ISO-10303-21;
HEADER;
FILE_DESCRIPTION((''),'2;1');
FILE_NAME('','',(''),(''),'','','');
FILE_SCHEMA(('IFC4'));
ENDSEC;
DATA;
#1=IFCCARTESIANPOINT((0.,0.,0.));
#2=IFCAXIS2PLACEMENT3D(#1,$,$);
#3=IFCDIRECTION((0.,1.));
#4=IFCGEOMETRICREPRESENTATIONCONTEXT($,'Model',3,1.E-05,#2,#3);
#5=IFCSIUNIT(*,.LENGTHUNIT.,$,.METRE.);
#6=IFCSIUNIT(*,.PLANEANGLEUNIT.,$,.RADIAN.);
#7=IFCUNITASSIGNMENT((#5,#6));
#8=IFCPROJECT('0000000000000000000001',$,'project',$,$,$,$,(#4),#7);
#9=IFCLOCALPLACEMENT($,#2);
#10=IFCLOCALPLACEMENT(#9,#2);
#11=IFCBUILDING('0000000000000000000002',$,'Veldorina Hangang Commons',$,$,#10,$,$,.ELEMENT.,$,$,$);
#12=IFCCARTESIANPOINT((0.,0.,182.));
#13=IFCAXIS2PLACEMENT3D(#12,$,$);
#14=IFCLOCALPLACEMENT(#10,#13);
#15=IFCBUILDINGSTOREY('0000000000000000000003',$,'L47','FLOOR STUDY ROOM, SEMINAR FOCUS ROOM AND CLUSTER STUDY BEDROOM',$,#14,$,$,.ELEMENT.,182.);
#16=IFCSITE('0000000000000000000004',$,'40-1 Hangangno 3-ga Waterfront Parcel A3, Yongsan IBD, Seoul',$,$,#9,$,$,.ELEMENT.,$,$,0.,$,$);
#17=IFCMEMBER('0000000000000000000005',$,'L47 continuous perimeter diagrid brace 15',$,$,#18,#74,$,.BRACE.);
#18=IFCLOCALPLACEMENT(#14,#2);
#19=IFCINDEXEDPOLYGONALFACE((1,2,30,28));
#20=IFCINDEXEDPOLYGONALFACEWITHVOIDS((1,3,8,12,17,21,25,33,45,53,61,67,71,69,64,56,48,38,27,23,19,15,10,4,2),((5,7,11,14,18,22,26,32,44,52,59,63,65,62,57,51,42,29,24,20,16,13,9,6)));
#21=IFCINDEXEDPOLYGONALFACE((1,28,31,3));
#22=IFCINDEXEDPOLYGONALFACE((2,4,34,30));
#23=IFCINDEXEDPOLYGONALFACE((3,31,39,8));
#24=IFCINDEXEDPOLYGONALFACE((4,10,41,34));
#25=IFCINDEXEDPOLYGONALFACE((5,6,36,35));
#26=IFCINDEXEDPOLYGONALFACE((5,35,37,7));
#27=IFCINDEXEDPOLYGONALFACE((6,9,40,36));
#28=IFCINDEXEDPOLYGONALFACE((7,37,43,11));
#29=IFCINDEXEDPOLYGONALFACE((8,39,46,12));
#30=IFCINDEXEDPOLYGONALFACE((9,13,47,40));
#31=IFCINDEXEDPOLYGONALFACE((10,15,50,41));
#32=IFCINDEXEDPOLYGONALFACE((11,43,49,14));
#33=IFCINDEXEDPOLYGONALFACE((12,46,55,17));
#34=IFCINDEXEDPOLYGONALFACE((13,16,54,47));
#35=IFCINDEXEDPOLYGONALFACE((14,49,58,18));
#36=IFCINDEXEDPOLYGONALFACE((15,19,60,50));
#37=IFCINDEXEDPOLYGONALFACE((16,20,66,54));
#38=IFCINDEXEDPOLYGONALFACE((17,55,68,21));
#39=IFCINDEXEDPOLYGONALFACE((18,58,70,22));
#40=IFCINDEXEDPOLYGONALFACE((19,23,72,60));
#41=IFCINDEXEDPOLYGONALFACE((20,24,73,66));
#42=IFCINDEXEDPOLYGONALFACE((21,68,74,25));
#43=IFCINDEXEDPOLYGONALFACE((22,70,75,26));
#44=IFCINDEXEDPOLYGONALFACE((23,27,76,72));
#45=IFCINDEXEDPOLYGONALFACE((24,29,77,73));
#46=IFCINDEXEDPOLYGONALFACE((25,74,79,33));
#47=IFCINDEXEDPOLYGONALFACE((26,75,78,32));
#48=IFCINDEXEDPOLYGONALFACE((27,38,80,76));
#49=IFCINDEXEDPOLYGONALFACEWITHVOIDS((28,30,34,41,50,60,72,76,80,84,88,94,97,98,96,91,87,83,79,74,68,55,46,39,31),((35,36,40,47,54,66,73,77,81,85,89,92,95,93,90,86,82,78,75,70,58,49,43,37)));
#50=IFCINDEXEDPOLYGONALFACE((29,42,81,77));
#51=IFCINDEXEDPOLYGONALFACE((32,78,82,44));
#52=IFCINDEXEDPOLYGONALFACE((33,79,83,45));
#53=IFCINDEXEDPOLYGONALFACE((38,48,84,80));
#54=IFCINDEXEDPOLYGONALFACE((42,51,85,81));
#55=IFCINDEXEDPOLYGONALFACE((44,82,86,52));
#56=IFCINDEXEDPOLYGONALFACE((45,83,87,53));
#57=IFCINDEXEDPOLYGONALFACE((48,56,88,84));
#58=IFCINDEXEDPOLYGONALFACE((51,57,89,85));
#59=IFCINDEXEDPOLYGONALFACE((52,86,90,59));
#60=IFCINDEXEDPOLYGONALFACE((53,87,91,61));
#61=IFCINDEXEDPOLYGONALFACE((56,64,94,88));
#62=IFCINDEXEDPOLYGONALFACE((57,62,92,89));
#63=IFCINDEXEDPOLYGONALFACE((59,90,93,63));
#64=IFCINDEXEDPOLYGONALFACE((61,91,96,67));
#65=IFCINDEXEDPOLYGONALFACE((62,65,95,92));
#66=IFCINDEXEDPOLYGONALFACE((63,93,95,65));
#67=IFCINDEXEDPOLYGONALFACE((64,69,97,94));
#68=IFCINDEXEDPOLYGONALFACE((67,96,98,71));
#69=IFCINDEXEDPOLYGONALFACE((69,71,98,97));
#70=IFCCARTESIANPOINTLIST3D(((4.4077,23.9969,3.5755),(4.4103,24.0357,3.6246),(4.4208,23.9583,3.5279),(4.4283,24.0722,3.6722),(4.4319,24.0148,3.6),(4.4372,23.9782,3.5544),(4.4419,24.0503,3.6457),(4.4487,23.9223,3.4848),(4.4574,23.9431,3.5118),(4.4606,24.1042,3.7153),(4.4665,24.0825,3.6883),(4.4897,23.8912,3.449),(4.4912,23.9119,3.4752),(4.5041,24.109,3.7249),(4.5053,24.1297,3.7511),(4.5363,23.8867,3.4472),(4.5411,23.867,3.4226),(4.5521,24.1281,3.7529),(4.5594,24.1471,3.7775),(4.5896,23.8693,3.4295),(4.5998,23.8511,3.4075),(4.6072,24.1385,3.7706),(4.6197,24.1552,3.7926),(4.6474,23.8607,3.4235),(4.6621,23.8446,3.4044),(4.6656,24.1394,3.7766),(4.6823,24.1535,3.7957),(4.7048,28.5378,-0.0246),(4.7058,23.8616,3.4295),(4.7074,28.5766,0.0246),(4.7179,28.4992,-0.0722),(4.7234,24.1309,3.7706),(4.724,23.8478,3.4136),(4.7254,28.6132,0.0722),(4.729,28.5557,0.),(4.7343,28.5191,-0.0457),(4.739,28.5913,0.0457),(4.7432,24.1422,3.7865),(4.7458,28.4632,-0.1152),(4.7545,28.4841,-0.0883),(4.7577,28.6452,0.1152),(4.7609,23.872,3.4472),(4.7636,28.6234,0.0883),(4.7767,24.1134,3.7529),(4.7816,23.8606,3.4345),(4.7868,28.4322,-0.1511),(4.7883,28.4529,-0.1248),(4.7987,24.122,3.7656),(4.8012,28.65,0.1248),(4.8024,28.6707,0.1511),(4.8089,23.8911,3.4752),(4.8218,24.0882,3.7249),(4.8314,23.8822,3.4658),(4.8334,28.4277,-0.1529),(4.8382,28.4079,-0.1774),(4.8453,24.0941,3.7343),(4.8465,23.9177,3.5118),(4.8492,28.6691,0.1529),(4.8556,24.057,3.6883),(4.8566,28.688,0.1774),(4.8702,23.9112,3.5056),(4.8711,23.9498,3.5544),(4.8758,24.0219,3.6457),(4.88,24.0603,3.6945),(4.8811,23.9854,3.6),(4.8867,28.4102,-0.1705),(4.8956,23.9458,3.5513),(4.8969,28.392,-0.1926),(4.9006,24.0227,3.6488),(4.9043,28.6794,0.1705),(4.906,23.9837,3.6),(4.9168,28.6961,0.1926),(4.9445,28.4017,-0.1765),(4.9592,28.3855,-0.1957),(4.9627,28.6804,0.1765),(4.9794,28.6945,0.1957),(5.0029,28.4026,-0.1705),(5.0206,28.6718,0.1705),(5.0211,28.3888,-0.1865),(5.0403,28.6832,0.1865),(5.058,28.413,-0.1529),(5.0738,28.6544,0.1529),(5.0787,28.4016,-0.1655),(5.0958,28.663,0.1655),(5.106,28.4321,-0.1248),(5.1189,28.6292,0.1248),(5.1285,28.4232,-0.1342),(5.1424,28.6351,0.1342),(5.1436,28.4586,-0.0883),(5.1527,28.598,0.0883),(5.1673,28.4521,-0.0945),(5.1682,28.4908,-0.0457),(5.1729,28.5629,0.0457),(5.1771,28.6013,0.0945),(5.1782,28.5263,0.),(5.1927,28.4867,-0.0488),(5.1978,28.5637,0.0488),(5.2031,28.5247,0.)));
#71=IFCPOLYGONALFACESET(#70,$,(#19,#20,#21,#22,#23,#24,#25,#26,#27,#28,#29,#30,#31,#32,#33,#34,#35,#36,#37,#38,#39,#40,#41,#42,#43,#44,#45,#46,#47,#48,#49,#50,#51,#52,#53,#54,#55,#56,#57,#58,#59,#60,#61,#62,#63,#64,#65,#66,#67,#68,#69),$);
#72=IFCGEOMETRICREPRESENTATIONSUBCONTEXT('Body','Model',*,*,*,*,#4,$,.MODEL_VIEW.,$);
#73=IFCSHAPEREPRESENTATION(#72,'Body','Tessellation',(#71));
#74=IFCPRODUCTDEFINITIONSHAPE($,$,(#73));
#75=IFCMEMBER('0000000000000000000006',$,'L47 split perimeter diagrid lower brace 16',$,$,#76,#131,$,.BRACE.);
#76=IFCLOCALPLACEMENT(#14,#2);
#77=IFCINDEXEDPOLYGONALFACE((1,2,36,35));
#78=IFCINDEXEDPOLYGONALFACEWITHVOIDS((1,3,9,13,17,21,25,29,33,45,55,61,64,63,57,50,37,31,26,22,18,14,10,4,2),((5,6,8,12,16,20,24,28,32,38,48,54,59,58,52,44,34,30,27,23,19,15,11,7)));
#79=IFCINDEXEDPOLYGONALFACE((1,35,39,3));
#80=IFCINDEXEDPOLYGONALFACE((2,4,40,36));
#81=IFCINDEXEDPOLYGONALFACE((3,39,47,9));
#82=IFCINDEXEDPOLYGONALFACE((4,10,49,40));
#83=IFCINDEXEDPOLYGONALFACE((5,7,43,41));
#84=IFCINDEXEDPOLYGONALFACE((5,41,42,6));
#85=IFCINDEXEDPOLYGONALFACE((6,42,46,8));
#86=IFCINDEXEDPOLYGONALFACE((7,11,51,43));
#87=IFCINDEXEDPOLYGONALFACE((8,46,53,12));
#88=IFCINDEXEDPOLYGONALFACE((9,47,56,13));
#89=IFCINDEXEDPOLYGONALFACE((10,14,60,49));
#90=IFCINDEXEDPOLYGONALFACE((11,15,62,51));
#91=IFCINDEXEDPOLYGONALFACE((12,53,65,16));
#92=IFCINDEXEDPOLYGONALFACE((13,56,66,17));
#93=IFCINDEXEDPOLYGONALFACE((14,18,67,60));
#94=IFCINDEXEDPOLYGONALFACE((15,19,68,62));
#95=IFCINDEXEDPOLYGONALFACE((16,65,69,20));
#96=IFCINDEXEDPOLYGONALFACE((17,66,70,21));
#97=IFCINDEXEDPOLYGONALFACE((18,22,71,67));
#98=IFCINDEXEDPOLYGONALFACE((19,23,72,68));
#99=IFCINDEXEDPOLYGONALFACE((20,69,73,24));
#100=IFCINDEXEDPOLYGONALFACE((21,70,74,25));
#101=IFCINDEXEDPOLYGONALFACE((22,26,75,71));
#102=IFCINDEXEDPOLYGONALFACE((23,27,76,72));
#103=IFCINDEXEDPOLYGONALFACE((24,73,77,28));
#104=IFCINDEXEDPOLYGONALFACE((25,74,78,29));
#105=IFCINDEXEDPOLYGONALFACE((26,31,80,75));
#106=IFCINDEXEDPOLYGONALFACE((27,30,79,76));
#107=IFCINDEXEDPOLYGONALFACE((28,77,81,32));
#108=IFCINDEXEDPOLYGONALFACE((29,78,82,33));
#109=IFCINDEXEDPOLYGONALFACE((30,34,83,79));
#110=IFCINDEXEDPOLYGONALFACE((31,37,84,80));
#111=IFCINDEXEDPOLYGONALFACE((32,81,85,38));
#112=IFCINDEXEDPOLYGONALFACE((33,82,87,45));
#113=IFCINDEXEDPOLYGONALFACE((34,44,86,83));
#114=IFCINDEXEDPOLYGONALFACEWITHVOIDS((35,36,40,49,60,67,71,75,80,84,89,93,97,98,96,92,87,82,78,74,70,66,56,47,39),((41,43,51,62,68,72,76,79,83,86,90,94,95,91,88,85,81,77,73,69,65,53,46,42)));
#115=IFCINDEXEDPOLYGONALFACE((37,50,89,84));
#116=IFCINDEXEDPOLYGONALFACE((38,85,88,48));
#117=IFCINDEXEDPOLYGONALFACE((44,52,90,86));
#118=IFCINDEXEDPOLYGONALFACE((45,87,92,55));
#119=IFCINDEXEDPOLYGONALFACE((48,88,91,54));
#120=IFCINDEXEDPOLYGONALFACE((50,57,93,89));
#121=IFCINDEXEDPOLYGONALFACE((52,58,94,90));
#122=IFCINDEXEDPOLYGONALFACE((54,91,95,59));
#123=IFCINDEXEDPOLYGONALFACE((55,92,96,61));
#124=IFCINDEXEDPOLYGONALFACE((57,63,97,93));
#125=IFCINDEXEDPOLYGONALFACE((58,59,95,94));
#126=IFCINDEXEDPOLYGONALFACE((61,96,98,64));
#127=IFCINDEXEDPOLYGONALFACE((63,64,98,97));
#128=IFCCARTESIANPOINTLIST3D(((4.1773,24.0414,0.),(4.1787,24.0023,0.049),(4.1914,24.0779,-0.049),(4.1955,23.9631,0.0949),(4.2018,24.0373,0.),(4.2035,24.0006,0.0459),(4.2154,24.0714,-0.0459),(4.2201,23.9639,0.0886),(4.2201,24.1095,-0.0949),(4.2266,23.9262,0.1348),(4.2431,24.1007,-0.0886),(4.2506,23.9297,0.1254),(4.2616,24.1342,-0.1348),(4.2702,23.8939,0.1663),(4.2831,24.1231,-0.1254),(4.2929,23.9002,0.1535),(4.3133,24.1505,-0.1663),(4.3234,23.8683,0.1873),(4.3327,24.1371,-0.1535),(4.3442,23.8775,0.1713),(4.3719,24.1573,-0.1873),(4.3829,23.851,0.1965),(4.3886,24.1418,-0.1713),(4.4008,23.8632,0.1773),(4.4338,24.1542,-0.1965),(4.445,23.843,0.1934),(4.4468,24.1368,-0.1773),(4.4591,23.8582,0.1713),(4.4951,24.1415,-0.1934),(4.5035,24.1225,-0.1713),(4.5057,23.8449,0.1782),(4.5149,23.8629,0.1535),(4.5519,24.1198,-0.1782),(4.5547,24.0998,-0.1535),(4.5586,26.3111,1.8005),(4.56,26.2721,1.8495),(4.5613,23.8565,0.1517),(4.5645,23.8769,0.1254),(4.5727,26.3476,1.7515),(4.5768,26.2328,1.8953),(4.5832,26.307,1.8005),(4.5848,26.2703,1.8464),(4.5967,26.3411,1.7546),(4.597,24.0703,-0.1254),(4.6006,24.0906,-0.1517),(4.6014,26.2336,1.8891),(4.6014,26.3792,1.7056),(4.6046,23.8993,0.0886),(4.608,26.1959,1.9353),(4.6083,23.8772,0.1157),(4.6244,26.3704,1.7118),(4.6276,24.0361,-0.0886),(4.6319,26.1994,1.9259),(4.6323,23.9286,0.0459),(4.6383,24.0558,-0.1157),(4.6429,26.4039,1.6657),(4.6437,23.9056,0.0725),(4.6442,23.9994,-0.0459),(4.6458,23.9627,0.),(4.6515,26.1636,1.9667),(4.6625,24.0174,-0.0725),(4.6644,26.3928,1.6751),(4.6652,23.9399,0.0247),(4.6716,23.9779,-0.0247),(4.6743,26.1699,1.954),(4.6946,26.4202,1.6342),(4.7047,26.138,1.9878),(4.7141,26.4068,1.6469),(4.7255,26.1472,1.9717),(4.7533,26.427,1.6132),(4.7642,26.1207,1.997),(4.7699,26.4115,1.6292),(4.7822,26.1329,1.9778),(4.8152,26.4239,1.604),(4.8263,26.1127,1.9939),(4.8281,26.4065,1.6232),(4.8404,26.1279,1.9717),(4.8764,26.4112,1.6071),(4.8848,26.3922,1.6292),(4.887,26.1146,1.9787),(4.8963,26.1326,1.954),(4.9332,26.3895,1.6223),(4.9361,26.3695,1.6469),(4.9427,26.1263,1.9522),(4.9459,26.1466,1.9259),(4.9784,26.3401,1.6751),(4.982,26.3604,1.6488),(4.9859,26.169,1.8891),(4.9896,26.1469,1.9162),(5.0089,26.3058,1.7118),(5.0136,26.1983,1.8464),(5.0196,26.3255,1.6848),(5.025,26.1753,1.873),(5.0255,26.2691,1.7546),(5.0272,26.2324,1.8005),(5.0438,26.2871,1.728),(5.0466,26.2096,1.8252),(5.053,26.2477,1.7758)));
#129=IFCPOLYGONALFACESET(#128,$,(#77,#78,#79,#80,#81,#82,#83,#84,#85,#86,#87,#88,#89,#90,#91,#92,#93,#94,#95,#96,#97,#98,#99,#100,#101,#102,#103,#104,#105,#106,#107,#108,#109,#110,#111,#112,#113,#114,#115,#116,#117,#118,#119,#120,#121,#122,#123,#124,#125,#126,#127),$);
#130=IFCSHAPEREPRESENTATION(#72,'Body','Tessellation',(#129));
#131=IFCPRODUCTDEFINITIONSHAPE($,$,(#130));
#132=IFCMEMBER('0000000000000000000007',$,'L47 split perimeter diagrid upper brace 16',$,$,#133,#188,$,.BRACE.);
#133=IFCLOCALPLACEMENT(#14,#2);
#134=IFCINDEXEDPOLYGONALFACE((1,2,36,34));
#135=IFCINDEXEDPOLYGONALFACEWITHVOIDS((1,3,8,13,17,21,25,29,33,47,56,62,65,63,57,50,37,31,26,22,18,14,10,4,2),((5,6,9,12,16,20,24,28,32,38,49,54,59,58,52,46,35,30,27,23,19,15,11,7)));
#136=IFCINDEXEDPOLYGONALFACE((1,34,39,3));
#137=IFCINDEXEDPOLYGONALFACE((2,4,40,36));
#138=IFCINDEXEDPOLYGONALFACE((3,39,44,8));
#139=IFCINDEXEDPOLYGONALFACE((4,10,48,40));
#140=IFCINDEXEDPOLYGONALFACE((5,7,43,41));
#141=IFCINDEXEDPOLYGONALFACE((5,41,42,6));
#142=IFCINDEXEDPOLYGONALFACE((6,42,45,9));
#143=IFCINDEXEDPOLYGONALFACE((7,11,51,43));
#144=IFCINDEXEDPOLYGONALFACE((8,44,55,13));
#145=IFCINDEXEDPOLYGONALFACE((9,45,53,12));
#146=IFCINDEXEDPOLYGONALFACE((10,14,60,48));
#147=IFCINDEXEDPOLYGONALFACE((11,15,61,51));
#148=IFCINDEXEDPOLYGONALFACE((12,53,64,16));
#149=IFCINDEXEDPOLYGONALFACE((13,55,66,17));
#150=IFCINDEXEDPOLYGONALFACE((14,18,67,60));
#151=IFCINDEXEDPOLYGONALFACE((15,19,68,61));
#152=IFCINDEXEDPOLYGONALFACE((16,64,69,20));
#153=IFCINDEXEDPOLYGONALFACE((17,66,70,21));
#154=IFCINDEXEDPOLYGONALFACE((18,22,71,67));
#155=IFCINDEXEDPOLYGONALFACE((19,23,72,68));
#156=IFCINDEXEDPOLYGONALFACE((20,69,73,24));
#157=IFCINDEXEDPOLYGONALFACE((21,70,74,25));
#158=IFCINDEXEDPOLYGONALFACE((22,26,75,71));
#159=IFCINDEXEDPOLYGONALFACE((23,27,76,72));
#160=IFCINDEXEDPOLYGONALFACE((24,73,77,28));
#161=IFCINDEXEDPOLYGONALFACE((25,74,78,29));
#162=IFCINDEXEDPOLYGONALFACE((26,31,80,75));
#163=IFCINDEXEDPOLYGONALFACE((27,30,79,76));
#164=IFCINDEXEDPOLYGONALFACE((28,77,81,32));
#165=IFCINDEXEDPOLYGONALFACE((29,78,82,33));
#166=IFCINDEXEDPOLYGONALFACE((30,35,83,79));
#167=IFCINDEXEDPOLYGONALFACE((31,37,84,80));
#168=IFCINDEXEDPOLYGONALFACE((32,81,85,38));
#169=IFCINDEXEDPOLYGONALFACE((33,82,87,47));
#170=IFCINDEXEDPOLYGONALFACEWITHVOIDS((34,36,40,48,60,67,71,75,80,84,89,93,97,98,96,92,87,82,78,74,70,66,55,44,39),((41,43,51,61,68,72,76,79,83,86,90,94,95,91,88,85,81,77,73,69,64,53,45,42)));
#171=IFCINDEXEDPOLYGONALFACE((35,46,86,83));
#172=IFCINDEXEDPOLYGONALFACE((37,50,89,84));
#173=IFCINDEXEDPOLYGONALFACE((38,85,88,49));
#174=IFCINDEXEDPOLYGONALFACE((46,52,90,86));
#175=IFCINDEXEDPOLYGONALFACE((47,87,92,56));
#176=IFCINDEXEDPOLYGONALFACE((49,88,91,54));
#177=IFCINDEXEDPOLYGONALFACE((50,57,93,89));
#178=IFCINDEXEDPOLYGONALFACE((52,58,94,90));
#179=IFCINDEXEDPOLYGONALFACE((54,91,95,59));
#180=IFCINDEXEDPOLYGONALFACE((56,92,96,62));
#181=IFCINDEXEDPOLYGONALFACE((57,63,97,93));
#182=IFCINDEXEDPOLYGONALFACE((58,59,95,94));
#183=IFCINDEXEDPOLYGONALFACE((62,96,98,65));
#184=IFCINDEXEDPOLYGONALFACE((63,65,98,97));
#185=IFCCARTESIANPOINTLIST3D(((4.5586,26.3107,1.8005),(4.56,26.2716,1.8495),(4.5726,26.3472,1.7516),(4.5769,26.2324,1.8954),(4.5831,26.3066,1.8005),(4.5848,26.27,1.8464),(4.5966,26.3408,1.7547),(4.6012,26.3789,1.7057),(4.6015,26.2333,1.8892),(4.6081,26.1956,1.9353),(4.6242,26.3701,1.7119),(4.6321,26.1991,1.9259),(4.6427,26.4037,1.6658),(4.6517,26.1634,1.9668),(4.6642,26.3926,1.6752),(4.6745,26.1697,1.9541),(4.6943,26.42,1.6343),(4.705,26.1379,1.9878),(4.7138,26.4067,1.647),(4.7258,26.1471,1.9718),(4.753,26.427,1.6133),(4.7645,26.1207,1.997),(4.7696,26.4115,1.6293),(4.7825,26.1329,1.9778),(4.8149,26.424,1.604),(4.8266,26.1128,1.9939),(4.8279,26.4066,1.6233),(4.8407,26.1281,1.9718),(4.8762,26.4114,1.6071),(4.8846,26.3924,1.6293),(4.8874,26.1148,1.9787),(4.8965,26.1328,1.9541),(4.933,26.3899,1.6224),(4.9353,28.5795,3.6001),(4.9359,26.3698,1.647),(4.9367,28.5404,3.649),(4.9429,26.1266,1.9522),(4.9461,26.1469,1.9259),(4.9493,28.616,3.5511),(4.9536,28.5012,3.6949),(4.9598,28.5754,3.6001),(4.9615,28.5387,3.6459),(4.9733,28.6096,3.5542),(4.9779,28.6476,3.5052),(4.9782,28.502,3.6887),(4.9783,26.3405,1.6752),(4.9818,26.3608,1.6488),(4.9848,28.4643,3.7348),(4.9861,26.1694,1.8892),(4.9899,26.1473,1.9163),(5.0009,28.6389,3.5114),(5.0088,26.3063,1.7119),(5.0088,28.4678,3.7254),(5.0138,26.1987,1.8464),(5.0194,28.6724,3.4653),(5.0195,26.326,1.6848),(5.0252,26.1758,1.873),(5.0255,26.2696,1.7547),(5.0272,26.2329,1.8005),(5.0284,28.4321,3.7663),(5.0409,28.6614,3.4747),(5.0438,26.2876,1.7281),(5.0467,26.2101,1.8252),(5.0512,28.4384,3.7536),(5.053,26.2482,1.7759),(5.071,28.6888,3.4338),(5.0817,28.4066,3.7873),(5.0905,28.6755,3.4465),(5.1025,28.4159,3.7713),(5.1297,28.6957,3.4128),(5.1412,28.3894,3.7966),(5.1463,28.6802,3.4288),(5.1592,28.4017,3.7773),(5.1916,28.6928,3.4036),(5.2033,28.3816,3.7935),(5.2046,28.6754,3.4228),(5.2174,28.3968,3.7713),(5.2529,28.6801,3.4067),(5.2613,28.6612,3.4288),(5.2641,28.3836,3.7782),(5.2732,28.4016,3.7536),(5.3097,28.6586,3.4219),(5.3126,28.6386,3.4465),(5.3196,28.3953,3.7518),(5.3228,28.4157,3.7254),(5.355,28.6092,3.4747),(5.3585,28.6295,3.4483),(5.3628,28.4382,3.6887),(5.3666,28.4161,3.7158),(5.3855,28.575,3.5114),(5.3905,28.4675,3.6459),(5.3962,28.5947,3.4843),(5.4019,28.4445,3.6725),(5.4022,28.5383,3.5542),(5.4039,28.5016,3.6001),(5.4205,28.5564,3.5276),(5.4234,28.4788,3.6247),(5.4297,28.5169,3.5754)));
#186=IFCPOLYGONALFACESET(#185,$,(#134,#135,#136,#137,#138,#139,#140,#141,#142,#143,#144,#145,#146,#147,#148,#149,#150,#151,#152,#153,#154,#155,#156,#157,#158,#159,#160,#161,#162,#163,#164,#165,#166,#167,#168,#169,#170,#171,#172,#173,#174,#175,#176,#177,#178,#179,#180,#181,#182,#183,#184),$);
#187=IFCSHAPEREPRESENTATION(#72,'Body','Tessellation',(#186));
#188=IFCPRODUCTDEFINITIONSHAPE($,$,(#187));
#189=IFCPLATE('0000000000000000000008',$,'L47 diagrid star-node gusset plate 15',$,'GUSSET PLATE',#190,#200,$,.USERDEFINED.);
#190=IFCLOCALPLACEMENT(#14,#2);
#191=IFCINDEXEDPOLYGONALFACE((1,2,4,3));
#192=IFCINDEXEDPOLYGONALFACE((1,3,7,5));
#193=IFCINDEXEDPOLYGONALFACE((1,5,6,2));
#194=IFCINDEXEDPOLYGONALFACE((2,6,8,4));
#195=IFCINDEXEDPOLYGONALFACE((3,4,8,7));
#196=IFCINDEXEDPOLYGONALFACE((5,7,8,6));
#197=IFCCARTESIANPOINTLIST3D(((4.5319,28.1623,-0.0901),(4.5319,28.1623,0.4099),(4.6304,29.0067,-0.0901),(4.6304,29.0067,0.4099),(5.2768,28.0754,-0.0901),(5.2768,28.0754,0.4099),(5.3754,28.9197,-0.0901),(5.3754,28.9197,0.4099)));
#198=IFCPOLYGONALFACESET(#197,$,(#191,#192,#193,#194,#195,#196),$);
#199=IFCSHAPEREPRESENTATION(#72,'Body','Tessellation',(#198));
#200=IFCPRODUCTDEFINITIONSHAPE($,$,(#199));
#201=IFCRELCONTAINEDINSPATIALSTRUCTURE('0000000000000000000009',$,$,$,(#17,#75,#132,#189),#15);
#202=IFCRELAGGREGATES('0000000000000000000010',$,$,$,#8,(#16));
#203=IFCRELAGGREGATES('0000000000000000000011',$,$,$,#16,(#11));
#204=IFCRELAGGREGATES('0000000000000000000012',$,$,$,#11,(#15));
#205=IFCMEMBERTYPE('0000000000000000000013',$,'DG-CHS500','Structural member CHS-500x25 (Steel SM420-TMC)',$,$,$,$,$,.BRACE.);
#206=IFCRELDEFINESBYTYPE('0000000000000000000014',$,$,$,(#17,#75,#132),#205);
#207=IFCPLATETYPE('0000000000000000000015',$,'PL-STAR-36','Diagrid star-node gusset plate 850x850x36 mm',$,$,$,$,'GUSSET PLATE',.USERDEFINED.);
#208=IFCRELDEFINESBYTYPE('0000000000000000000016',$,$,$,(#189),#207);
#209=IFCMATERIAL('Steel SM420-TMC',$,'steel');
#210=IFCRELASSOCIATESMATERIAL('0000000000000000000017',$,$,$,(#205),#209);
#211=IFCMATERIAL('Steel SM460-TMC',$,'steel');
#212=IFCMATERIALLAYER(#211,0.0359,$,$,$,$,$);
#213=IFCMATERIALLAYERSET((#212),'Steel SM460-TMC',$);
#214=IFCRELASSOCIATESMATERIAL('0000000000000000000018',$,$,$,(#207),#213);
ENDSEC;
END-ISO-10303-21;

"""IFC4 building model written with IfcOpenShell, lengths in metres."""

from ifc_helpers import new_model, si_unit, direction, frame, origin, origin_2d, place, context, subcontext, project, spatial, rectangle, hollow_circle, extrude, material, layer, layer_set, material_profile, profile_set, type_object, element, save


model = new_model("IFC4")

# Units and contexts
model_context = context("Model", 3, precision=1e-05, world=origin(), true_north=direction((0.0, 1.0)))
body_context = subcontext(model_context, "Body", "Model", "MODEL_VIEW")
ifc_project = project(units=[si_unit("LENGTHUNIT", "METRE"), si_unit("PLANEANGLEUNIT", "RADIAN")], contexts=[model_context])

# Site, building, storey
site_placement = place(None, origin())
site = spatial("IfcSite", under=ifc_project, at=site_placement, Name="40-1 Hangangno 3-ga Waterfront Parcel A3, Yongsan IBD, Seoul", CompositionType="ELEMENT", RefElevation=0.0)
building_placement = place(site_placement, origin())
building = spatial("IfcBuilding", under=site, at=building_placement, Name="Veldorina Hangang Commons", CompositionType="ELEMENT")
storey_placement = place(building_placement, frame((0.0, 0.0, 182.0)))
storey = spatial("IfcBuildingStorey", under=building, at=storey_placement, Name="L47", Description="FLOOR STUDY ROOM, SEMINAR FOCUS ROOM AND CLUSTER STUDY BEDROOM", CompositionType="ELEMENT", Elevation=182.0)

# Shared definitions
ifc_material_1 = material(Name="Steel SM420-TMC", Category="steel")

# Members
ifc_material_profile_1 = material_profile(ifc_material_1, hollow_circle(Radius=0.25, WallThickness=0.0249, at=origin_2d()), Name="CHS-500x25")
ifc_profile_set_1 = profile_set([ifc_material_profile_1], Name="Steel SM420-TMC")
member_type = type_object("IfcMemberType", Name="DG-CHS500", Description="Structural member CHS-500x25 (Steel SM420-TMC)", PredefinedType="BRACE", material=ifc_profile_set_1)
member_1_placement = place(storey_placement, frame((4.9536, 28.541, 0.0), z_axis=(-0.051205, -0.782587, 0.620432), x_axis=(0.997866, -0.06529, 0.0)))
element("IfcMember", 1, at=member_1_placement, inside=storey, type_object=member_type, Name="L47 continuous perimeter diagrid brace 15", PredefinedType="BRACE", context=body_context, shape_type="SweptSolid", body=[
    extrude(hollow_circle(Radius=0.25, WallThickness=0.0249, at=origin_2d()), origin(), (0.0, 0.0, 1.0), 5.8025),
])
member_2_placement = place(storey_placement, frame((4.4238, 24.0, 0.0), z_axis=(0.1305, 0.776736, 0.616159), x_axis=(-0.986178, 0.165689, 0.0)))
element("IfcMember", 2, at=member_2_placement, inside=storey, type_object=member_type, Name="L47 split perimeter diagrid lower brace 16", PredefinedType="BRACE", context=body_context, shape_type="SweptSolid", body=[
    extrude(hollow_circle(Radius=0.25, WallThickness=0.0249, at=origin_2d()), origin(), (0.0, 0.0, 1.0), 2.9221),
])
member_3_placement = place(storey_placement, frame((4.8052, 26.2698, 1.8005), z_axis=(0.129, 0.776923, 0.616238), x_axis=(-0.986494, 0.163796, 0.0)))
element("IfcMember", 3, at=member_3_placement, inside=storey, type_object=member_type, Name="L47 split perimeter diagrid upper brace 16", PredefinedType="BRACE", context=body_context, shape_type="SweptSolid", body=[
    extrude(hollow_circle(Radius=0.25, WallThickness=0.0249, at=origin_2d()), origin(), (0.0, 0.0, 1.0), 2.9202),
])

# Plate
ifc_material_2 = material(Name="Steel SM460-TMC", Category="steel")
ifc_layer_1 = layer(ifc_material_2, 0.0359)
ifc_layer_set_1 = layer_set([ifc_layer_1], Name="Steel SM460-TMC")
plate_type = type_object("IfcPlateType", Name="PL-STAR-36", Description="Diagrid star-node gusset plate 850x850x36 mm", ElementType="GUSSET PLATE", PredefinedType="USERDEFINED", material=ifc_layer_set_1)
plate_1_placement = place(storey_placement, frame((4.9536, 28.541, -0.0901), z_axis=(0.0, 0.0, 1.0), x_axis=(-0.115908, -0.99326, 0.0)))
element("IfcPlate", 4, at=plate_1_placement, inside=storey, type_object=plate_type, Name="L47 diagrid star-node gusset plate 15", ObjectType="GUSSET PLATE", PredefinedType="USERDEFINED", context=body_context, shape_type="SweptSolid", body=[
    extrude(rectangle(XDim=0.8501, YDim=0.75, at=origin_2d()), origin(), (0.0, 0.0, 1.0), 0.5),
])

save(model, "model.ifc")
